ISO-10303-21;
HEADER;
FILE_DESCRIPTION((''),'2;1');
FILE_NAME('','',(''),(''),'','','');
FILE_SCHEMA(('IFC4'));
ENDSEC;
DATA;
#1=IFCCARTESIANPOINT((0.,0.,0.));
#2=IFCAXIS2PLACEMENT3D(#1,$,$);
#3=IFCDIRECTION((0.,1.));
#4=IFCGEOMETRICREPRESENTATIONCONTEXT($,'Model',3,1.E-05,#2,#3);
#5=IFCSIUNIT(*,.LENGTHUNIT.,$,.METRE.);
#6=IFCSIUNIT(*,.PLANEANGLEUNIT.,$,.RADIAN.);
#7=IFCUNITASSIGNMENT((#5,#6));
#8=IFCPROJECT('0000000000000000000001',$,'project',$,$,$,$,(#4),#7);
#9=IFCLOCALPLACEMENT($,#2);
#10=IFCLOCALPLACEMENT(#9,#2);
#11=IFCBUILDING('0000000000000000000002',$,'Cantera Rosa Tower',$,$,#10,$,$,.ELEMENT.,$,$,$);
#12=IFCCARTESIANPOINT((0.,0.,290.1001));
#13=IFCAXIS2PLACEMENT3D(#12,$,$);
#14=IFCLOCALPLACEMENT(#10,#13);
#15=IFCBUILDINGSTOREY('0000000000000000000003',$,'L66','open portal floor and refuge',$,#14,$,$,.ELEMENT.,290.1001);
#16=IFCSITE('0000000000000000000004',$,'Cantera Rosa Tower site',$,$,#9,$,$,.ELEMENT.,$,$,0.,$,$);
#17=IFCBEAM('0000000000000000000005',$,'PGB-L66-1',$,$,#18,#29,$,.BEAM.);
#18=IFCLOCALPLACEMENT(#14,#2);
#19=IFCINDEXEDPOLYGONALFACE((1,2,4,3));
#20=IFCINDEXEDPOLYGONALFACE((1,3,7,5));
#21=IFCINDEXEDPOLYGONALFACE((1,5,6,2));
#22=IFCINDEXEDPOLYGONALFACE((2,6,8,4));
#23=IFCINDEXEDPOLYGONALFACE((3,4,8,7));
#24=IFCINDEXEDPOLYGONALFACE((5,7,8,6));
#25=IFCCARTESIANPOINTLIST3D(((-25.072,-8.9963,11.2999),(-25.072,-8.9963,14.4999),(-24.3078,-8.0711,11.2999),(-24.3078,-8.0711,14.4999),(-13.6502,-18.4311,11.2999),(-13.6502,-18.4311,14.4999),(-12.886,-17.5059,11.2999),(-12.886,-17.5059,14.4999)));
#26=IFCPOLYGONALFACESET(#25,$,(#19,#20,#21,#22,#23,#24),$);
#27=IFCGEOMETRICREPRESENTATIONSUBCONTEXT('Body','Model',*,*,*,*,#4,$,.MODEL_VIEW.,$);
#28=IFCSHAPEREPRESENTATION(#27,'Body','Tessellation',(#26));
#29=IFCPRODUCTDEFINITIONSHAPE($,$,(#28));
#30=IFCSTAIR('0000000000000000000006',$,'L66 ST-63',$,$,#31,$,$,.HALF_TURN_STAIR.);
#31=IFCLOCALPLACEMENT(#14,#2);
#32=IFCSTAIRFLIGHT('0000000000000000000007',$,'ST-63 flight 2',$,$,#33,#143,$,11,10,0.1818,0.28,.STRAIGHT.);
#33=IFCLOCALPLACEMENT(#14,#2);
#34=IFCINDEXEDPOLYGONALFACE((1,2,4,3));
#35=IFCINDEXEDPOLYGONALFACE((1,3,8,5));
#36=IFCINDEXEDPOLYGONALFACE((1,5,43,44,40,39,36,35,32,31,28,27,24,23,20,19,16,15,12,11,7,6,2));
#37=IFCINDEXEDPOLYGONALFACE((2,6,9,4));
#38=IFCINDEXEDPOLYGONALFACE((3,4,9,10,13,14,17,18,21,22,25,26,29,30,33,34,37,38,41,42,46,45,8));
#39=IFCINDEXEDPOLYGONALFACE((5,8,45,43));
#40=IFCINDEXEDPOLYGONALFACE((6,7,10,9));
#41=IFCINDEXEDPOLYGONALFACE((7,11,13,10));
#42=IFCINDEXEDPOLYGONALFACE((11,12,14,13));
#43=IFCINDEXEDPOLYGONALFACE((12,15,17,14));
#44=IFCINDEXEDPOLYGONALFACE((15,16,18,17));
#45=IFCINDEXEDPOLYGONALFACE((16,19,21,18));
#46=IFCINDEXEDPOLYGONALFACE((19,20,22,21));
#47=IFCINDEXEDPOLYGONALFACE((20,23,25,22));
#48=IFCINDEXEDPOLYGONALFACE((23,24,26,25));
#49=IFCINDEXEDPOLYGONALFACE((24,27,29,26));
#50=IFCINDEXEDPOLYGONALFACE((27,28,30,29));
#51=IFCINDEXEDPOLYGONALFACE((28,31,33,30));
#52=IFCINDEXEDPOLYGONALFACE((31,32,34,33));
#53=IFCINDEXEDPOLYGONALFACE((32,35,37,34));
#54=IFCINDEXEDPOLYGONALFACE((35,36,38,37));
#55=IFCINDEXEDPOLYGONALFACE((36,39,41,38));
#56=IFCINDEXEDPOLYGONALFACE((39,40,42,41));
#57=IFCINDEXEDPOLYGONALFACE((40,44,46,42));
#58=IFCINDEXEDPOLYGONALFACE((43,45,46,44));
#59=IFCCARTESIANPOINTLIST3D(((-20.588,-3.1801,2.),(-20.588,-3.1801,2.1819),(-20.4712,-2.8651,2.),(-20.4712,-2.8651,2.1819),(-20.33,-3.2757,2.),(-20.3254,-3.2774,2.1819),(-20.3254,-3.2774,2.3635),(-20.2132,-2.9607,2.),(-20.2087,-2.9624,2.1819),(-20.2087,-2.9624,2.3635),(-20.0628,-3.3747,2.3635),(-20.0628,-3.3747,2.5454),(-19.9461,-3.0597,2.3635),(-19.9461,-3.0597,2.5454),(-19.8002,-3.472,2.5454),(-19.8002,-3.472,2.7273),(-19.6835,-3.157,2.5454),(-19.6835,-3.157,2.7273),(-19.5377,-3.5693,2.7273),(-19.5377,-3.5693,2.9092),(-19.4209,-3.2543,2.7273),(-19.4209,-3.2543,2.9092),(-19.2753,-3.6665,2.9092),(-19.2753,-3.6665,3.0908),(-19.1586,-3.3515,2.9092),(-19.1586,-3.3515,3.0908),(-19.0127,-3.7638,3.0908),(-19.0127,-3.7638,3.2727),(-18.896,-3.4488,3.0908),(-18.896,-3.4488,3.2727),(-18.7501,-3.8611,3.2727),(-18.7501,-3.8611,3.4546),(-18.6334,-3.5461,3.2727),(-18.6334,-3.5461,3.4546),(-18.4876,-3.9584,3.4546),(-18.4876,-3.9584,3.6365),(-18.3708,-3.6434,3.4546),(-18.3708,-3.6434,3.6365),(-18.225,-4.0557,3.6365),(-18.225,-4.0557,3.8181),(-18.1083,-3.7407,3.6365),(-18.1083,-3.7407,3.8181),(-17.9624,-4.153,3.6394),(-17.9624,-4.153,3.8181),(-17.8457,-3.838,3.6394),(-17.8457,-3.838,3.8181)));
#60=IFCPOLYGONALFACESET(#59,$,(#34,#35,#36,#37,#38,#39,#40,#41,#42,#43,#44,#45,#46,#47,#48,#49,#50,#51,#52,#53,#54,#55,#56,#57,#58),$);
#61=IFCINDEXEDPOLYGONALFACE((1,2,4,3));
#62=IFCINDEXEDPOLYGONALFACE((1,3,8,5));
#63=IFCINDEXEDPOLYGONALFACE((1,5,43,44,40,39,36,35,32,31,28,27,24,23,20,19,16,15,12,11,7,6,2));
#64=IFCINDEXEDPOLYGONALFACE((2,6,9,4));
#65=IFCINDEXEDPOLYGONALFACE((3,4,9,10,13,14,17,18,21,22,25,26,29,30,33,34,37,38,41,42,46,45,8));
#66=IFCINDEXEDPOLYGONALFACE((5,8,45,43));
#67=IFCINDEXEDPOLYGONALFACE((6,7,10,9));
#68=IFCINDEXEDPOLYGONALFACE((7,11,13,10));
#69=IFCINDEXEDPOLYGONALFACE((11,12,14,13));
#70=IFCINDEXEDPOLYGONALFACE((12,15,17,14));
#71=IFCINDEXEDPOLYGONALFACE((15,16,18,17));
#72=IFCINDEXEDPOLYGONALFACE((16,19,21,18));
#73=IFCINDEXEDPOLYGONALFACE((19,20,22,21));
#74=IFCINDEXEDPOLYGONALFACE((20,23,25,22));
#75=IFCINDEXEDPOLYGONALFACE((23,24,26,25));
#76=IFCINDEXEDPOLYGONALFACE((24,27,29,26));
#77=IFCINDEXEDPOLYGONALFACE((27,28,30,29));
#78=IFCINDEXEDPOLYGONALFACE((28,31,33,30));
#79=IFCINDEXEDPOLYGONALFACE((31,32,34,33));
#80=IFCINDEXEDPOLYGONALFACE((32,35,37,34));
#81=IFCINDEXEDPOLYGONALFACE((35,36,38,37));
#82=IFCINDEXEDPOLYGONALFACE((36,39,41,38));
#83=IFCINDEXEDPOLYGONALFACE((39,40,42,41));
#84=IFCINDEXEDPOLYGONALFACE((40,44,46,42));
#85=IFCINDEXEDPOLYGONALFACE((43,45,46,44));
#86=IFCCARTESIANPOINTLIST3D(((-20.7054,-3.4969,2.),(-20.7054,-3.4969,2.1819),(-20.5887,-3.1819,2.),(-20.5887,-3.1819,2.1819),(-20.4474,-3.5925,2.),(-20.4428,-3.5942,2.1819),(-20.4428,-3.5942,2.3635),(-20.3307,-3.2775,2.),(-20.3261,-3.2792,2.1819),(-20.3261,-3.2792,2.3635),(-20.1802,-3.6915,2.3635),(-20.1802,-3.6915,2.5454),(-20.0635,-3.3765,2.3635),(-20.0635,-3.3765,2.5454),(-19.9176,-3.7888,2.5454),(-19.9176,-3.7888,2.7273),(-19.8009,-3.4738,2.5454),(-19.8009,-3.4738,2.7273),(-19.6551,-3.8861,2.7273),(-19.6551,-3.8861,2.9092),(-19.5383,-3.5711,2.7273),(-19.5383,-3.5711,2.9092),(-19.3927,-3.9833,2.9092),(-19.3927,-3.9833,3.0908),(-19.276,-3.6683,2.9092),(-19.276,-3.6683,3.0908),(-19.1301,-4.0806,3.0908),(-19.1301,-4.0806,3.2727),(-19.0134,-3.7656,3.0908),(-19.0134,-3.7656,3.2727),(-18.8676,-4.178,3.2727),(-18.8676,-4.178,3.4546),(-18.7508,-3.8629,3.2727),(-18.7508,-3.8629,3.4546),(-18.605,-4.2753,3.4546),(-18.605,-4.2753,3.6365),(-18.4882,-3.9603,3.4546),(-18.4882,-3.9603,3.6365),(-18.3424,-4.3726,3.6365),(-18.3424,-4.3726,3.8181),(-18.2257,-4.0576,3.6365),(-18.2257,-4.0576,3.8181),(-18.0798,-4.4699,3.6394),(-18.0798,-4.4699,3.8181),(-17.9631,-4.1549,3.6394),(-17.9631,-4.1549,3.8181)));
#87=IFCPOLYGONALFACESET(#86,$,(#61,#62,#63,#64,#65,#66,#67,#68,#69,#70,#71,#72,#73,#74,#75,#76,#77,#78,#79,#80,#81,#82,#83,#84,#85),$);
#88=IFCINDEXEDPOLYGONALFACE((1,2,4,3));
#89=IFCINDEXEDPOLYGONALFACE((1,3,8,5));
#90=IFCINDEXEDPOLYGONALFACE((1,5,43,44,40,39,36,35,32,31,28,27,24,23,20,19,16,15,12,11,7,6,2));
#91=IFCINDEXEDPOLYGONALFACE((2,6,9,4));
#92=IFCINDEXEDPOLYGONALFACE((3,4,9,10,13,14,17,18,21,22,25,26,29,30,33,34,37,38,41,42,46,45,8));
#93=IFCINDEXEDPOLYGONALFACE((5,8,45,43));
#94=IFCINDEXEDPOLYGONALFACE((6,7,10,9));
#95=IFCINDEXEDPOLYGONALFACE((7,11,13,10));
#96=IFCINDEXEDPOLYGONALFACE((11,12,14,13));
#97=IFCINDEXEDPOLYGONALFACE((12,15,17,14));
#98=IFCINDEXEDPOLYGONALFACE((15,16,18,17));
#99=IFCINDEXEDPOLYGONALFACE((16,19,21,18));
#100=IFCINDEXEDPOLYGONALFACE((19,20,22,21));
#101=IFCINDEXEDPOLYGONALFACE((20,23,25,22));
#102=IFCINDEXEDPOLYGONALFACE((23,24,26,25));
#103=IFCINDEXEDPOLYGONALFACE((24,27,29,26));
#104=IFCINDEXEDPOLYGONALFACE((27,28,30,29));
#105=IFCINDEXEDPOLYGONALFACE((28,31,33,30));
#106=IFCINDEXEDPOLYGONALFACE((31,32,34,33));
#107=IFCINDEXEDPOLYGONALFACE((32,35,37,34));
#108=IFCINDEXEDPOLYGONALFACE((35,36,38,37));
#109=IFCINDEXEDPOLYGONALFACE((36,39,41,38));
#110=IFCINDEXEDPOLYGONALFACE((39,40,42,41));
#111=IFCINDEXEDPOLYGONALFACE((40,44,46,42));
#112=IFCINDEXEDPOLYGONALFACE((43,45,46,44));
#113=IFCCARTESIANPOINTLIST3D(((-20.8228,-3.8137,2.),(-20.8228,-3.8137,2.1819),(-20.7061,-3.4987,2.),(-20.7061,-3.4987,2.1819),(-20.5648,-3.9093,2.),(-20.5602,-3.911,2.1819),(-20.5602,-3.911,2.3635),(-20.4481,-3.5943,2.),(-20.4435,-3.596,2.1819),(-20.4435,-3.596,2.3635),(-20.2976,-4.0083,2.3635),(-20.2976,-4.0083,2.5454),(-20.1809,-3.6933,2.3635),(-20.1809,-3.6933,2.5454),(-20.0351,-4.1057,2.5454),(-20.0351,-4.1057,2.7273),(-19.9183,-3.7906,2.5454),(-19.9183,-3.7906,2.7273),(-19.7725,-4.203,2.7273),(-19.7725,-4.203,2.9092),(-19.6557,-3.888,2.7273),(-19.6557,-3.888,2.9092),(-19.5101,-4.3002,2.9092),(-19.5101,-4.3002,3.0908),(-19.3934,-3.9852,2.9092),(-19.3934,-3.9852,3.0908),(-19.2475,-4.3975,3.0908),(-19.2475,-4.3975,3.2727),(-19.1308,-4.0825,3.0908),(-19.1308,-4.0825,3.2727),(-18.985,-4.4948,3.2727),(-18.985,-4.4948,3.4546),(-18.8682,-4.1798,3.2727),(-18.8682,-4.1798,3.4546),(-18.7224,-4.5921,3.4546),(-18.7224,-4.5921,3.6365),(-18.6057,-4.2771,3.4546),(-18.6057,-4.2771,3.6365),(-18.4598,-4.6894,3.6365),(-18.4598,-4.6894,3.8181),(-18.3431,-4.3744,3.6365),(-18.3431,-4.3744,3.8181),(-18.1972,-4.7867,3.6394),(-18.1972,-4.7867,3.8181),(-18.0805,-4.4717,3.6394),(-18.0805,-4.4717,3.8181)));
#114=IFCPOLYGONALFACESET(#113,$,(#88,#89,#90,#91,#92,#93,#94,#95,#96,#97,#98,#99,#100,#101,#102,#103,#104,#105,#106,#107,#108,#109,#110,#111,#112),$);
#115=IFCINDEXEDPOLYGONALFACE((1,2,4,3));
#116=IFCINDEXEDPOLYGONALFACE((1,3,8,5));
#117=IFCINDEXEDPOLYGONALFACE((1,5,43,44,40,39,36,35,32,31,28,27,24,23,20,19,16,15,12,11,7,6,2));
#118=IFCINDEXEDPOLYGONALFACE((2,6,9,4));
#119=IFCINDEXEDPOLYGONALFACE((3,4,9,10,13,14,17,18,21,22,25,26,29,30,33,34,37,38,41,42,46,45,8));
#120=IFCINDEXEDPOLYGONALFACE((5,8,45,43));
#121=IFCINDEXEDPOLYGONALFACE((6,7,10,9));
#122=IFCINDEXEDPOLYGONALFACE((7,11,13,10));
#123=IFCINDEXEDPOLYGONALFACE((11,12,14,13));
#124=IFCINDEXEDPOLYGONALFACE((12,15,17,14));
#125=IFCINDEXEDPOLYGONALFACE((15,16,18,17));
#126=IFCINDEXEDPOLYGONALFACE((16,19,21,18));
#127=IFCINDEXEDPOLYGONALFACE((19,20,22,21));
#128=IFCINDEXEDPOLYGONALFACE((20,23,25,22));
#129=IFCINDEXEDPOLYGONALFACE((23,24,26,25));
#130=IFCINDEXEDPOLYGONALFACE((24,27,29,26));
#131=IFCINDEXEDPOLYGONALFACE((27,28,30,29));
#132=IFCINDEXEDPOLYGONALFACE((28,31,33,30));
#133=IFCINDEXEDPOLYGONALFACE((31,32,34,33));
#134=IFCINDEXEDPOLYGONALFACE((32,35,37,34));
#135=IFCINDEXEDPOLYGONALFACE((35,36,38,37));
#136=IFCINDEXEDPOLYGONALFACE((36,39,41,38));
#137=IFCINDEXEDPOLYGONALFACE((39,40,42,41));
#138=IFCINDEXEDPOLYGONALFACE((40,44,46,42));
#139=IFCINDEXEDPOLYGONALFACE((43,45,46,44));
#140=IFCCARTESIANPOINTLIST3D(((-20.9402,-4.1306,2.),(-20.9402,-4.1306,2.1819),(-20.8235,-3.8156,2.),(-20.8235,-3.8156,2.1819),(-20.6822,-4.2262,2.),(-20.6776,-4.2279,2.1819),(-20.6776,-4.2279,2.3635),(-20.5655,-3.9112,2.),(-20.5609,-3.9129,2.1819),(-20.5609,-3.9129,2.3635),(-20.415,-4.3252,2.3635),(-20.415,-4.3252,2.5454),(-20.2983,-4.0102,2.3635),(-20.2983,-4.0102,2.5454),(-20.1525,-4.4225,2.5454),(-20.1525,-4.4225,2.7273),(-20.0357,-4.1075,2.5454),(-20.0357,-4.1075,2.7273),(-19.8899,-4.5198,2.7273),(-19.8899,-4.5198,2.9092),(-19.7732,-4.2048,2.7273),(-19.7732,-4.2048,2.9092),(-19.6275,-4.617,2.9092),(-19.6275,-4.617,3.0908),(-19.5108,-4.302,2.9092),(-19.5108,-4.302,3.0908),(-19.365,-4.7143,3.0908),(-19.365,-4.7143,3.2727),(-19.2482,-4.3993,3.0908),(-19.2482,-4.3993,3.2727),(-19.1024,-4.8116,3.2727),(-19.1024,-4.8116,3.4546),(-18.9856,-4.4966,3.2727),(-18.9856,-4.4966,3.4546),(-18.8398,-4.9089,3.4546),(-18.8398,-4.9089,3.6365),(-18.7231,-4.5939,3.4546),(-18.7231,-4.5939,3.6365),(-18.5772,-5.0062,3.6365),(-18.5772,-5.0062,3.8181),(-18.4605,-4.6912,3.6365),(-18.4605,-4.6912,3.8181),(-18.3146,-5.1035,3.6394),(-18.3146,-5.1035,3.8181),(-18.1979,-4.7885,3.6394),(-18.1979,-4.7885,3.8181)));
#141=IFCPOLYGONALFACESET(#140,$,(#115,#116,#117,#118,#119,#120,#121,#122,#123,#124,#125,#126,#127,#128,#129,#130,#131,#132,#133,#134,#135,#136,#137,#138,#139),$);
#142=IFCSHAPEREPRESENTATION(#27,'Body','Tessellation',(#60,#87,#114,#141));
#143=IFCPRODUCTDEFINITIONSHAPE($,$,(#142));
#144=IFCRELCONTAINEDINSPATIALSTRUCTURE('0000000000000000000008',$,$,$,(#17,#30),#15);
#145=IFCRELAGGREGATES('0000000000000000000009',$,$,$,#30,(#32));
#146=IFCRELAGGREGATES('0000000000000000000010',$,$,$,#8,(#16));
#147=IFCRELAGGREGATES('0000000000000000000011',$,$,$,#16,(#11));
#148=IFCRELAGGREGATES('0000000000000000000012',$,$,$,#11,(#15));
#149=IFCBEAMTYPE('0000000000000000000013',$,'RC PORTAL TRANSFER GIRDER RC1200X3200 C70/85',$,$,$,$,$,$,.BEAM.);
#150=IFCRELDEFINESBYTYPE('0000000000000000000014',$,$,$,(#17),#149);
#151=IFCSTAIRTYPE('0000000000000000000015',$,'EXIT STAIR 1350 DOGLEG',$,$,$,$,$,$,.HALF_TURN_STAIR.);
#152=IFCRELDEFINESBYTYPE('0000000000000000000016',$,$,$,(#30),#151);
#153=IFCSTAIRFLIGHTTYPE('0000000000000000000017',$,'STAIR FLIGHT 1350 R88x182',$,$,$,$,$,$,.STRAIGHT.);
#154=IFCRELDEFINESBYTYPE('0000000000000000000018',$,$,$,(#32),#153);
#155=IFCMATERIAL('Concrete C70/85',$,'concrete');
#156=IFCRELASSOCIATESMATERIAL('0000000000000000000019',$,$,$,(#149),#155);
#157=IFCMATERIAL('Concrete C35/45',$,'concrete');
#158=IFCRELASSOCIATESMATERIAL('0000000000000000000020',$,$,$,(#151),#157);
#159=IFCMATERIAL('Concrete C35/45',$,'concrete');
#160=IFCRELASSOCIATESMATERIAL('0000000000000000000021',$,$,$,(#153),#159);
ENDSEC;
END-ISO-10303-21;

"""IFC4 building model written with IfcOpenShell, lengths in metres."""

from ifc_helpers import new_model, si_unit, direction, frame, origin, origin_2d, place, context, subcontext, project, spatial, polyline, rectangle, outline, extrude, material, material_profile, profile_set, type_object, element, aggregate, save


model = new_model("IFC4")

# Units and contexts
model_context = context("Model", 3, precision=1e-05, world=origin(), true_north=direction((0.0, 1.0)))
body_context = subcontext(model_context, "Body", "Model", "MODEL_VIEW")
ifc_project = project(units=[si_unit("LENGTHUNIT", "METRE"), si_unit("PLANEANGLEUNIT", "RADIAN")], contexts=[model_context])

# Site, building, storey
site_placement = place(None, origin())
site = spatial("IfcSite", under=ifc_project, at=site_placement, Name="Cantera Rosa Tower site", CompositionType="ELEMENT", RefElevation=0.0)
building_placement = place(site_placement, origin())
building = spatial("IfcBuilding", under=site, at=building_placement, Name="Cantera Rosa Tower", CompositionType="ELEMENT")
storey_placement = place(building_placement, frame((0.0, 0.0, 290.1001)))
storey = spatial("IfcBuildingStorey", under=building, at=storey_placement, Name="L66", Description="open portal floor and refuge", CompositionType="ELEMENT", Elevation=290.1001)

# Beam
ifc_material_1 = material(Name="Concrete C70/85", Category="concrete")
ifc_material_profile = material_profile(ifc_material_1, rectangle(XDim=1.2, YDim=3.2, at=origin_2d()), Name="RC PORTAL TRANSFER GIRDER RC1200X3200 C70/85")
ifc_profile_set = profile_set([ifc_material_profile], Name="Concrete C70/85")
beam_type = type_object("IfcBeamType", Name="RC PORTAL TRANSFER GIRDER RC1200X3200 C70/85", PredefinedType="BEAM", material=ifc_profile_set)
beam_placement = place(storey_placement, frame((-24.6899, -8.5337, 12.8999), z_axis=(0.770983, -0.636855, 0.0), x_axis=(0.636855, 0.770983, 0.0)))
element("IfcBeam", 1, at=beam_placement, inside=storey, type_object=beam_type, Name="PGB-L66-1", PredefinedType="BEAM", context=body_context, shape_type="SweptSolid", body=[
    extrude(rectangle(XDim=1.2, YDim=3.2, at=origin_2d()), origin(), (0.0, 0.0, 1.0), 14.8147),
])

# Stair, stair flight
ifc_material_2 = material(Name="Concrete C35/45", Category="concrete")
stair_type = type_object("IfcStairType", Name="EXIT STAIR 1350 DOGLEG", PredefinedType="HALF_TURN_STAIR", material=ifc_material_2)
stair_placement = place(storey_placement, origin())
stair = element("IfcStair", 2, at=stair_placement, inside=storey, type_object=stair_type, Name="L66 ST-63", PredefinedType="HALF_TURN_STAIR")
ifc_material_3 = material(Name="Concrete C35/45", Category="concrete")
stair_flight_type = type_object("IfcStairFlightType", Name="STAIR FLIGHT 1350 R88x182", PredefinedType="STRAIGHT", material=ifc_material_3)
stair_flight_1_placement = place(storey_placement, frame((-20.7058, -3.498, 2.0), z_axis=(0.0, 0.0, 1.0), x_axis=(0.937687, -0.347481, 0.0)))
stair_flight_1 = element("IfcStairFlight", 3, at=stair_flight_1_placement, type_object=stair_flight_type, Name="ST-63 flight 2", NumberOfRisers=11, NumberOfTreads=10, PredefinedType="STRAIGHT", RiserHeight=0.1818, TreadLength=0.28, context=body_context, shape_type="SweptSolid", body=[
    extrude(outline(polyline([(0.0, 0.0), (0.0, 0.1819), (0.28, 0.1819), (0.28, 0.3635), (0.5601, 0.3635), (0.5601, 0.5454), (0.8401, 0.5454), (0.8401, 0.7273), (1.1201, 0.7273), (1.1201, 0.9092), (1.3999, 0.9092), (1.3999, 1.0908), (1.6799, 1.0908), (1.6799, 1.2727), (1.96, 1.2727), (1.96, 1.4546), (2.24, 1.4546), (2.24, 1.6365), (2.52, 1.6365), (2.52, 1.8181), (2.8, 1.8181), (2.8, 2.0), (2.8, 1.6394), (0.2751, 0.0), (0.0, 0.0)])), frame((0.0, 0.675, 0.0), z_axis=(0.0, -1.0, 0.0), x_axis=(1.0, 0.0, 0.0)), (0.0, 0.0, 1.0), 0.3359),
    extrude(outline(polyline([(0.0, 0.0), (0.0, 0.1819), (0.28, 0.1819), (0.28, 0.3635), (0.5601, 0.3635), (0.5601, 0.5454), (0.8401, 0.5454), (0.8401, 0.7273), (1.1201, 0.7273), (1.1201, 0.9092), (1.3999, 0.9092), (1.3999, 1.0908), (1.6799, 1.0908), (1.6799, 1.2727), (1.96, 1.2727), (1.96, 1.4546), (2.24, 1.4546), (2.24, 1.6365), (2.52, 1.6365), (2.52, 1.8181), (2.8, 1.8181), (2.8, 2.0), (2.8, 1.6394), (0.2751, 0.0), (0.0, 0.0)])), frame((0.0, 0.3372, 0.0), z_axis=(0.0, -1.0, 0.0), x_axis=(1.0, 0.0, 0.0)), (0.0, 0.0, 1.0), 0.3359),
    extrude(outline(polyline([(0.0, 0.0), (0.0, 0.1819), (0.28, 0.1819), (0.28, 0.3635), (0.5601, 0.3635), (0.5601, 0.5454), (0.8401, 0.5454), (0.8401, 0.7273), (1.1201, 0.7273), (1.1201, 0.9092), (1.3999, 0.9092), (1.3999, 1.0908), (1.6799, 1.0908), (1.6799, 1.2727), (1.96, 1.2727), (1.96, 1.4546), (2.24, 1.4546), (2.24, 1.6365), (2.52, 1.6365), (2.52, 1.8181), (2.8, 1.8181), (2.8, 2.0), (2.8, 1.6394), (0.2751, 0.0), (0.0, 0.0)])), frame((0.0, -0.0007, 0.0), z_axis=(0.0, -1.0, 0.0), x_axis=(1.0, 0.0, 0.0)), (0.0, 0.0, 1.0), 0.3359),
    extrude(outline(polyline([(0.0, 0.0), (0.0, 0.1819), (0.28, 0.1819), (0.28, 0.3635), (0.5601, 0.3635), (0.5601, 0.5454), (0.8401, 0.5454), (0.8401, 0.7273), (1.1201, 0.7273), (1.1201, 0.9092), (1.3999, 0.9092), (1.3999, 1.0908), (1.6799, 1.0908), (1.6799, 1.2727), (1.96, 1.2727), (1.96, 1.4546), (2.24, 1.4546), (2.24, 1.6365), (2.52, 1.6365), (2.52, 1.8181), (2.8, 1.8181), (2.8, 2.0), (2.8, 1.6394), (0.2751, 0.0), (0.0, 0.0)])), frame((0.0, -0.3386, 0.0), z_axis=(0.0, -1.0, 0.0), x_axis=(1.0, 0.0, 0.0)), (0.0, 0.0, 1.0), 0.3359),
])
aggregate(stair, [stair_flight_1])

save(model, "model.ifc")
